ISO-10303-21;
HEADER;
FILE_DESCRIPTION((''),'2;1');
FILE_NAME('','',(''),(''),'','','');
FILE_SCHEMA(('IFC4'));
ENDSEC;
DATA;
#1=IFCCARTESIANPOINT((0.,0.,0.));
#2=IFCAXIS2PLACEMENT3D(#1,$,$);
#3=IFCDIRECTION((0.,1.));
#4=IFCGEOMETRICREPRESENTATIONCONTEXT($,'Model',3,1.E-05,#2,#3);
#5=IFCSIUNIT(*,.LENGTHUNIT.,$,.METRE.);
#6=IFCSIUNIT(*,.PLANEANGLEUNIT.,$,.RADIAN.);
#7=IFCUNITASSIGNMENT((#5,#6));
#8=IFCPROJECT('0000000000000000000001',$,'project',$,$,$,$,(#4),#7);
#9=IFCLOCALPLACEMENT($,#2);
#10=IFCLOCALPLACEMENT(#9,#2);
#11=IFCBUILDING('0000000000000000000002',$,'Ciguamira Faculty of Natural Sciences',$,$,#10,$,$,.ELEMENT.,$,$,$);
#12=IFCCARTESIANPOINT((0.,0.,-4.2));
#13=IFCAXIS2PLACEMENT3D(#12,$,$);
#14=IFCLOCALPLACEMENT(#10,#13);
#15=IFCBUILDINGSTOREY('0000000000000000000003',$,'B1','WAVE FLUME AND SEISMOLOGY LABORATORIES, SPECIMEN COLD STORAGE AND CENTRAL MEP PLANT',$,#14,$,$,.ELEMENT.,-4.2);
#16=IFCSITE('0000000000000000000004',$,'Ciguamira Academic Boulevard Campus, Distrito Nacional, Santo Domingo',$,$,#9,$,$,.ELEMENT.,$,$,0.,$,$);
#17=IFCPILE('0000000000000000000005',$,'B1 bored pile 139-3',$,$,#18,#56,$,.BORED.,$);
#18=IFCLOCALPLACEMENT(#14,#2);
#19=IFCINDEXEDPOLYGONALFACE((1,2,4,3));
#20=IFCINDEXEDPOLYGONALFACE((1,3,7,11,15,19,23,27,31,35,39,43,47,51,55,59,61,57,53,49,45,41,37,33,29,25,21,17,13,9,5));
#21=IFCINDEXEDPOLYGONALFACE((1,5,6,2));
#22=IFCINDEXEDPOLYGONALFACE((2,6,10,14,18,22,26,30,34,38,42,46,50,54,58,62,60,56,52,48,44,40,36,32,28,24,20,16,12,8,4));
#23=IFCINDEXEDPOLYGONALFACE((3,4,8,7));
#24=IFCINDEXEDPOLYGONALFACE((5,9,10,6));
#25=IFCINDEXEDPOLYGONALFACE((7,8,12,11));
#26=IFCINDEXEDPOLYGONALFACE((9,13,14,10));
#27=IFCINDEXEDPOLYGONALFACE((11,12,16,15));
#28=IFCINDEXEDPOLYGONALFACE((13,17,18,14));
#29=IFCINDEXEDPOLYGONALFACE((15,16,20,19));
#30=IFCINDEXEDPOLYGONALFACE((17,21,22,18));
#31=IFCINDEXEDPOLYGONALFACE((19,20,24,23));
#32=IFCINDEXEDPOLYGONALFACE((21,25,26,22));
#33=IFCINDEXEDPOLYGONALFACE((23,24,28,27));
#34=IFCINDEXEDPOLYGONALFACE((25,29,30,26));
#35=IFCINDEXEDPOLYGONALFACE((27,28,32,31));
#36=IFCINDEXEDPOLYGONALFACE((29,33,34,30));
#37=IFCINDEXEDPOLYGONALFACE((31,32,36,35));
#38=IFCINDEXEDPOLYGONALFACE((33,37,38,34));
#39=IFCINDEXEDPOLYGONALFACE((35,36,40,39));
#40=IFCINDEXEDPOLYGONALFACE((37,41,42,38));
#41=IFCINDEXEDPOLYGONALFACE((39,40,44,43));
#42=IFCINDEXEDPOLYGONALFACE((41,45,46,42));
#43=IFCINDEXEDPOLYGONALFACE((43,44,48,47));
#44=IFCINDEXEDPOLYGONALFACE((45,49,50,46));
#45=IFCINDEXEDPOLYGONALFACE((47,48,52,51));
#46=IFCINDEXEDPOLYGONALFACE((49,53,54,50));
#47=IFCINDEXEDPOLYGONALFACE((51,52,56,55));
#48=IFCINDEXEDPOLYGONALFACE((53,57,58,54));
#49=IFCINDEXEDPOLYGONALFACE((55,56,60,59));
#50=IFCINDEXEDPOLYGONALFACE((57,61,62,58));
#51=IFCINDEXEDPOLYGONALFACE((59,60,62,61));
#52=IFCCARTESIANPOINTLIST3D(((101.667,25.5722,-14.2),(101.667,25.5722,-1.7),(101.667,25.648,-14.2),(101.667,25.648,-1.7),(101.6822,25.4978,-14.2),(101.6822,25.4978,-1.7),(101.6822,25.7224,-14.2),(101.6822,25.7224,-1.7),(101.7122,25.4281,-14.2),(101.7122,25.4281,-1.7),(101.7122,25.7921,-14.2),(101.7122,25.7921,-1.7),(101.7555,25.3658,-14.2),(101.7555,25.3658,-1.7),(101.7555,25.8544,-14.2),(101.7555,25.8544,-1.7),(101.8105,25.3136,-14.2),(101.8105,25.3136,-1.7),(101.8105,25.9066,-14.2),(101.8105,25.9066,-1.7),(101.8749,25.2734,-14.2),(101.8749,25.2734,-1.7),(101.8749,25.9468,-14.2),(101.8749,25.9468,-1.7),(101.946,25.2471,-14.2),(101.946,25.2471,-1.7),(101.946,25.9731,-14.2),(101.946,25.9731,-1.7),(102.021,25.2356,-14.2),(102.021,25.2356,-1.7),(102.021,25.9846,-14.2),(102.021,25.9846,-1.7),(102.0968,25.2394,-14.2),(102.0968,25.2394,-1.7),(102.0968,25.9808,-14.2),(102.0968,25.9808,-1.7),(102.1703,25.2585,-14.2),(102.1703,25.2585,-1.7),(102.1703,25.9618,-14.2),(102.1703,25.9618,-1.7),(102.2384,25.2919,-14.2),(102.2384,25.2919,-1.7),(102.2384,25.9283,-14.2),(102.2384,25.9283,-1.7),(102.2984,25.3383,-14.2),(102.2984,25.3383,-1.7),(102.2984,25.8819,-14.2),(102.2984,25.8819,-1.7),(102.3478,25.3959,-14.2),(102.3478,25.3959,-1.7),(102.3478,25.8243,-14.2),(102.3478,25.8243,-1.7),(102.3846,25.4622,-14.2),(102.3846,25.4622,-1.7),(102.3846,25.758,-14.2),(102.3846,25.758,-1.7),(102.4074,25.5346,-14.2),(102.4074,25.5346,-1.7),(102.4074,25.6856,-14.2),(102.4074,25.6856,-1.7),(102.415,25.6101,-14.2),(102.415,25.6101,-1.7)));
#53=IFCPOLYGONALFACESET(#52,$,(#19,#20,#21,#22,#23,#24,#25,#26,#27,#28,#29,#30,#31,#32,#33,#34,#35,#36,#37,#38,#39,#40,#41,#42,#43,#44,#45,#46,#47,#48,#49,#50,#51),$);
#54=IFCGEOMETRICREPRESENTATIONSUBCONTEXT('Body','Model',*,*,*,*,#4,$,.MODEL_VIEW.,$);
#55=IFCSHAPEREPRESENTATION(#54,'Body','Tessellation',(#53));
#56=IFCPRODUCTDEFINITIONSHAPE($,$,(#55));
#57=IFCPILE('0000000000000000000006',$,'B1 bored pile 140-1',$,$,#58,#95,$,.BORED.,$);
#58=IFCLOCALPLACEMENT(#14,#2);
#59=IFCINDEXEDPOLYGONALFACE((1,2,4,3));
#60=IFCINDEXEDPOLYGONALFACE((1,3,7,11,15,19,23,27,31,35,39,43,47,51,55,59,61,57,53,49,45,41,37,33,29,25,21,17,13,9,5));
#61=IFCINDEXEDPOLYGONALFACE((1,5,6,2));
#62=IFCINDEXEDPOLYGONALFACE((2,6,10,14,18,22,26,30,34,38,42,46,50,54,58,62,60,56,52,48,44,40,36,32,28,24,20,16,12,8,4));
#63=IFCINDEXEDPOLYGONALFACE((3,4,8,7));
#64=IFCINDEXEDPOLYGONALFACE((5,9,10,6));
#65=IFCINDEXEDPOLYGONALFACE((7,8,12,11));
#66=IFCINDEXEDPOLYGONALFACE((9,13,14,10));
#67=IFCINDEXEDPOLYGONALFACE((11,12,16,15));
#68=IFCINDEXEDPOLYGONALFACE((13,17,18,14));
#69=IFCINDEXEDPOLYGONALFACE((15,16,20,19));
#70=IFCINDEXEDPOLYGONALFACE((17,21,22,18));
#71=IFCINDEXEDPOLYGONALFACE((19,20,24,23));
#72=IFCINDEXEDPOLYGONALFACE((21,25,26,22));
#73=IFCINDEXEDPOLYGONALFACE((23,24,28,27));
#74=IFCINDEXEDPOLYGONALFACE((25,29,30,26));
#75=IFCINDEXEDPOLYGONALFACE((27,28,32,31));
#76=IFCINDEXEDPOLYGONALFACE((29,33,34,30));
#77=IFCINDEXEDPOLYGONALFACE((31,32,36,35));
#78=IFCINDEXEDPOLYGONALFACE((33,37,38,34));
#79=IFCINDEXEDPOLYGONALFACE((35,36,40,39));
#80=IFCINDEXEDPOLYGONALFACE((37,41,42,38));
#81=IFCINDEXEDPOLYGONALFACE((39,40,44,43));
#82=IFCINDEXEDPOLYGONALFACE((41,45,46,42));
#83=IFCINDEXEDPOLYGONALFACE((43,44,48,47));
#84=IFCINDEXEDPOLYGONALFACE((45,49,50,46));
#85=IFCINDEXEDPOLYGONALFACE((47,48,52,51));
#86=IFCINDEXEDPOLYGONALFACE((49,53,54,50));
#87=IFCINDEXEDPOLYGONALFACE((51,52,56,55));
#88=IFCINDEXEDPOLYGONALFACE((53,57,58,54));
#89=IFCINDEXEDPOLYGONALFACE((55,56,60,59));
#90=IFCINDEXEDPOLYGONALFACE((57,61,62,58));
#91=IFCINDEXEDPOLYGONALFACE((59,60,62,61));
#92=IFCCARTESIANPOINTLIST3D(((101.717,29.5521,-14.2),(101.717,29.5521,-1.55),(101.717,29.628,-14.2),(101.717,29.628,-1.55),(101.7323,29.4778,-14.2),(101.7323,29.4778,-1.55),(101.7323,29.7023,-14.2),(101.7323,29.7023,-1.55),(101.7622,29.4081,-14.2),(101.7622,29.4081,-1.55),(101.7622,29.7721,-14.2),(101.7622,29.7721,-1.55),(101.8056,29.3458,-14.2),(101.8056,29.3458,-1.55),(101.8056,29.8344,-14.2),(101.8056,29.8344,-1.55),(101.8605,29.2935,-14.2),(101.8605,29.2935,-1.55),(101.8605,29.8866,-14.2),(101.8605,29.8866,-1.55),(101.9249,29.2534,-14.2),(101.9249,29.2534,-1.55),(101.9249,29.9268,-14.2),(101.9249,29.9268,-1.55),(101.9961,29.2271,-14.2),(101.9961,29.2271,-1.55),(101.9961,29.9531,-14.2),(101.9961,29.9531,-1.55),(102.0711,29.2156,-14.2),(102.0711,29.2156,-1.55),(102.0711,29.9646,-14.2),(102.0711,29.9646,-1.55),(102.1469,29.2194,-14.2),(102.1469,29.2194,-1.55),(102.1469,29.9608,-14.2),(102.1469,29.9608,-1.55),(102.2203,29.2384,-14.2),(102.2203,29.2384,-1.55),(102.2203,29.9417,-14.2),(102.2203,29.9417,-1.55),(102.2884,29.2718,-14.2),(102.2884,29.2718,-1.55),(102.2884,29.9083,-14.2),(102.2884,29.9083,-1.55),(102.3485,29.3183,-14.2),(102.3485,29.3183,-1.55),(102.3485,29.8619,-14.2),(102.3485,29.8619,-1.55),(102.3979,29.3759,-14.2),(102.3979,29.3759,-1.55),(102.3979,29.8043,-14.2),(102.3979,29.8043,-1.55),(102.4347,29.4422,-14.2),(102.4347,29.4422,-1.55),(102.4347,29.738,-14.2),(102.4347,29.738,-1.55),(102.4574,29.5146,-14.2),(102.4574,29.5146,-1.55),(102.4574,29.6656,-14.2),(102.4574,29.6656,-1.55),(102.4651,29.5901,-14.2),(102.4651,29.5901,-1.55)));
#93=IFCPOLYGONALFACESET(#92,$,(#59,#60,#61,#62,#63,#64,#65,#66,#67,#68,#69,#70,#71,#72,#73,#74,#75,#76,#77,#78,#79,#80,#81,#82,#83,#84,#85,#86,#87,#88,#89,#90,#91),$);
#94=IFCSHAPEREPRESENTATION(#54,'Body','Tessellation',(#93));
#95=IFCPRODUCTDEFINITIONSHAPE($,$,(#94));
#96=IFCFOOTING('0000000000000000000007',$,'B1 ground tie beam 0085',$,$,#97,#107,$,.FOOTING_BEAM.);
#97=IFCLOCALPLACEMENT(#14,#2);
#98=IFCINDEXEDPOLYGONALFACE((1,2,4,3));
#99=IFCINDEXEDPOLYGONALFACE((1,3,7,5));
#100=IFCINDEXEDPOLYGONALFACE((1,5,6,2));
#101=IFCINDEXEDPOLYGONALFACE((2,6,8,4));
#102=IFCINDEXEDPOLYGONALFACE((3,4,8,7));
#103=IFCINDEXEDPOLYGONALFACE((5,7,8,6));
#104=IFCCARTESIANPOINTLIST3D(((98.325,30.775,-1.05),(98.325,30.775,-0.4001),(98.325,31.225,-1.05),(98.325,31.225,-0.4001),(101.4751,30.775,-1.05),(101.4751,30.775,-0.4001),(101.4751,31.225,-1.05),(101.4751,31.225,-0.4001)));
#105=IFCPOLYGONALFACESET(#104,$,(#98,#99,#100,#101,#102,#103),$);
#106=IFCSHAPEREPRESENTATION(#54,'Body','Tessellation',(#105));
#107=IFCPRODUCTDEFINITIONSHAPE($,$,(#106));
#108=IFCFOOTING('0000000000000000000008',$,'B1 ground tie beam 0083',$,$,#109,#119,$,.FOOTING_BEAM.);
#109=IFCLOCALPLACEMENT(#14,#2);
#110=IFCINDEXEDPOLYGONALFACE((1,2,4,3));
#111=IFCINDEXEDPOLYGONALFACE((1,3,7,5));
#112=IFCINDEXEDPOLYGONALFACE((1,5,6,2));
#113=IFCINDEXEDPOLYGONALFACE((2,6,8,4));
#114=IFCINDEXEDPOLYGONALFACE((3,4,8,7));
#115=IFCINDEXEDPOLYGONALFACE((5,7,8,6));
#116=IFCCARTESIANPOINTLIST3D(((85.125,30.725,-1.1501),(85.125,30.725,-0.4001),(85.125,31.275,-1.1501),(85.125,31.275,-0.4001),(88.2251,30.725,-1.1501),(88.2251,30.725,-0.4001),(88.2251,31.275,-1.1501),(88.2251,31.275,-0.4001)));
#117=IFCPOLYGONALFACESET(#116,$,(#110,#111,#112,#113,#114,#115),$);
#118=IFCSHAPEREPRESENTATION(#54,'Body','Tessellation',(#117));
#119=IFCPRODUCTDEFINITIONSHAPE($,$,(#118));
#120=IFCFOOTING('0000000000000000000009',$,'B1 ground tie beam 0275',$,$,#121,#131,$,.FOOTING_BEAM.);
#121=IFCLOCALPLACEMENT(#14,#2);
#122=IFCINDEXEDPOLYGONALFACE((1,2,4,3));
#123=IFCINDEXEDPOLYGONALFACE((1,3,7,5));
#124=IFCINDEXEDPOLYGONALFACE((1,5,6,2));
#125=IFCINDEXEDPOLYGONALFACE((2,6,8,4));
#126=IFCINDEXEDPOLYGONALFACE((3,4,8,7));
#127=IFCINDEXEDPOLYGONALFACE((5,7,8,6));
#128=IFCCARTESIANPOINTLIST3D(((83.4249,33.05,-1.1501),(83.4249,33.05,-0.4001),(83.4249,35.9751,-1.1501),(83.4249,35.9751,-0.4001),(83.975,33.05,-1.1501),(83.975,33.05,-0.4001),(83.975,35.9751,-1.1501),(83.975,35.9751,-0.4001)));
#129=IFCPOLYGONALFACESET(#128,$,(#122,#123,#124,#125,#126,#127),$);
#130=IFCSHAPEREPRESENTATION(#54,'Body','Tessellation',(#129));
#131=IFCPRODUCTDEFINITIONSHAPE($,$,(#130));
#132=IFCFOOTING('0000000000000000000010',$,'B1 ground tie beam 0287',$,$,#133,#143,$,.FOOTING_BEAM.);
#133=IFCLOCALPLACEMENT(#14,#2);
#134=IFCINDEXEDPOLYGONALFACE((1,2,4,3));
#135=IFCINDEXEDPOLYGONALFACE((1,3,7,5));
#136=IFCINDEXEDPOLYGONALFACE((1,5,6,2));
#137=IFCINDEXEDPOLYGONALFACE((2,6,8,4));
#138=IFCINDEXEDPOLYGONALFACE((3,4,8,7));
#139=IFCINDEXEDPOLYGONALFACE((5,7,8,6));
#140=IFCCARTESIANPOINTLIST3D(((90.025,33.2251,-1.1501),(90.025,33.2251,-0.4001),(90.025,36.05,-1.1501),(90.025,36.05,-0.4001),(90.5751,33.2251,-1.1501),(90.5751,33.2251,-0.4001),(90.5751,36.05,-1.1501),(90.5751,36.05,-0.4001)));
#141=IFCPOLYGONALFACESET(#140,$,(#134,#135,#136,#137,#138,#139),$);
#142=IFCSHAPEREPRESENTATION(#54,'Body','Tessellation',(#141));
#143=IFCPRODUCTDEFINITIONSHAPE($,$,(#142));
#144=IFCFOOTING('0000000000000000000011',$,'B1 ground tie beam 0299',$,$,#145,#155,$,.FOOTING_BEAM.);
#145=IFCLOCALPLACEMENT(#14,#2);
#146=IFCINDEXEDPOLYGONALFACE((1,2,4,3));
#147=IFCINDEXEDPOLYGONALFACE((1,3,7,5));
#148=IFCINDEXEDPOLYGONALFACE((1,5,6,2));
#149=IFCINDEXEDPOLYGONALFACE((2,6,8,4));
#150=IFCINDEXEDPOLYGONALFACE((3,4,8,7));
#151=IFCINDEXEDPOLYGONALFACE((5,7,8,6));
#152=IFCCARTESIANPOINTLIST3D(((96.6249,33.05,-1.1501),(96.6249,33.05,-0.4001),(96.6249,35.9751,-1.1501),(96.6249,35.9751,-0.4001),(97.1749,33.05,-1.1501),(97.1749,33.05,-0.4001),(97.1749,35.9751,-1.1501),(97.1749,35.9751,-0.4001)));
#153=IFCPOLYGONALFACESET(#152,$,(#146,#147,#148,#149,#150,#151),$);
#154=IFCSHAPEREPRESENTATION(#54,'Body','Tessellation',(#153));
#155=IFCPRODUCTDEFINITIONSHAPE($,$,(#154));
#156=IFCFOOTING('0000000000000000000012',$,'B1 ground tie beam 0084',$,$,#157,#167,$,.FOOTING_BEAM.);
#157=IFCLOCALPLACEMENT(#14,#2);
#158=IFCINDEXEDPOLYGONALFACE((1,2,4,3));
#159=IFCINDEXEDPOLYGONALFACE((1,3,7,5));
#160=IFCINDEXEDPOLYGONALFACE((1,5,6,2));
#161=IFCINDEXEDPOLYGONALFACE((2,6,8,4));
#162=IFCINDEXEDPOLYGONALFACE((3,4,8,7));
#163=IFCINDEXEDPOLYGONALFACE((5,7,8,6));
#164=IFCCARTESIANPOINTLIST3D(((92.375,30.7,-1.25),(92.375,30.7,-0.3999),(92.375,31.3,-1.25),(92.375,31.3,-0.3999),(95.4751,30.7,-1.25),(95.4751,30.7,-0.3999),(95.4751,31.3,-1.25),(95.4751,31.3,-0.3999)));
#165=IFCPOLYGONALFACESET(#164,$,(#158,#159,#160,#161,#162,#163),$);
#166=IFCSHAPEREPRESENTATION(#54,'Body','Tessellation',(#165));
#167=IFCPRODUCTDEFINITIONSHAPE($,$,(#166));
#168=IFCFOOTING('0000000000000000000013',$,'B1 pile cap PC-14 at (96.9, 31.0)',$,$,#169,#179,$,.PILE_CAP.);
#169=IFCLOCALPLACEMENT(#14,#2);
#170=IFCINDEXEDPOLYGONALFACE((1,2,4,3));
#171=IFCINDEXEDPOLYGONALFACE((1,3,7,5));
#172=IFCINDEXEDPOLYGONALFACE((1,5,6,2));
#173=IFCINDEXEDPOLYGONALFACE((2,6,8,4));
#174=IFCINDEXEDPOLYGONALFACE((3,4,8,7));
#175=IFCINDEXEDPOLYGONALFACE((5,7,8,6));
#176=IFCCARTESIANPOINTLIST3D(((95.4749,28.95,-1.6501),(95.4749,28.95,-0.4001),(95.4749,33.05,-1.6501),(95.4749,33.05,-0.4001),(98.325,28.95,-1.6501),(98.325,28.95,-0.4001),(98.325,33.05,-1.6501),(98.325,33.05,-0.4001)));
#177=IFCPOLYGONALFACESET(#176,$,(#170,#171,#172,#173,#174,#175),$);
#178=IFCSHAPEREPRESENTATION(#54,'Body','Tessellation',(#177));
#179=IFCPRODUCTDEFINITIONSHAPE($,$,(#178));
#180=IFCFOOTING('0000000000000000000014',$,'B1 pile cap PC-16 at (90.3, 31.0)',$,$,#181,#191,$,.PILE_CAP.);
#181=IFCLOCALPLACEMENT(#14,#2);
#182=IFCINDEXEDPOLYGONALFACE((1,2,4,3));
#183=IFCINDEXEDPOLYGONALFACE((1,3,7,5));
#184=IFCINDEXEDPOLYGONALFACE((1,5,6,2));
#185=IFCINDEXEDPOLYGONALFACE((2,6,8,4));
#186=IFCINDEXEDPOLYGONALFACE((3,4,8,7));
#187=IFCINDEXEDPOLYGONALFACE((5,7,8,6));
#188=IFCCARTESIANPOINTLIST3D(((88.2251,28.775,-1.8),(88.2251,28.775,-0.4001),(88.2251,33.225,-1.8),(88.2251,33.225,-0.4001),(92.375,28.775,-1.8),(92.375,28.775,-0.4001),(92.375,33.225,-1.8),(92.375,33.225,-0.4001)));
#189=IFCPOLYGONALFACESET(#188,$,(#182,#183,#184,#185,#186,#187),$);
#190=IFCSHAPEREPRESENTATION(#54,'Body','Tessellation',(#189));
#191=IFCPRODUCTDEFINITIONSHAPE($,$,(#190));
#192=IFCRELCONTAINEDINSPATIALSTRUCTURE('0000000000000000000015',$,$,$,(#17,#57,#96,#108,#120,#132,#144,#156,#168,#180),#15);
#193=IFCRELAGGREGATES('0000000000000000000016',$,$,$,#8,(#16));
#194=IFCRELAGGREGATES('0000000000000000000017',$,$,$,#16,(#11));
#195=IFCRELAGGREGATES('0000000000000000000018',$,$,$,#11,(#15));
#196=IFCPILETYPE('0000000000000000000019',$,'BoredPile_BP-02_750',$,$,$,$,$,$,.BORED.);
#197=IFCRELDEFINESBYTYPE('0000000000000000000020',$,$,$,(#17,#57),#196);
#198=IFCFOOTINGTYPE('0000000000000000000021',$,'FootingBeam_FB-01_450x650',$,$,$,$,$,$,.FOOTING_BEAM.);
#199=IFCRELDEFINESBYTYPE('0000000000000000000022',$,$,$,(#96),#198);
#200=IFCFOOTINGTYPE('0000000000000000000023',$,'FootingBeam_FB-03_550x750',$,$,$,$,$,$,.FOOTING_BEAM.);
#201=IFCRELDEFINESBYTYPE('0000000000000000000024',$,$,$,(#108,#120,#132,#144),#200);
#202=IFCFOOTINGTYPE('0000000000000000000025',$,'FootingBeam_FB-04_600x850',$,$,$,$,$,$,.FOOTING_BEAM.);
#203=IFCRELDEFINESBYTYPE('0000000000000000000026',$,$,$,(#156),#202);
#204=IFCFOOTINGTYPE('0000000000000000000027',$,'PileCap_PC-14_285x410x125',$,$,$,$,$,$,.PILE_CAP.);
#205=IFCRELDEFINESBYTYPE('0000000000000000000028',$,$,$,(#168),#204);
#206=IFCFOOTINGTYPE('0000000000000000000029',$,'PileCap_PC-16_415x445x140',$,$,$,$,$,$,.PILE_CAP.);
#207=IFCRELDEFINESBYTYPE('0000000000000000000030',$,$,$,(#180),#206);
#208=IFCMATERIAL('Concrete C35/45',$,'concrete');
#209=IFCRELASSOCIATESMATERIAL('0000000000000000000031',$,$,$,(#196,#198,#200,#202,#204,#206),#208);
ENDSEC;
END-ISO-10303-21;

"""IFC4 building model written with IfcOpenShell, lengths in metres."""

from ifc_helpers import new_model, si_unit, direction, frame, origin, origin_2d, place, context, subcontext, project, spatial, rectangle, circle, extrude, material, material_profile, profile_set, type_object, element, save


model = new_model("IFC4")

# Units and contexts
model_context = context("Model", 3, precision=1e-05, world=origin(), true_north=direction((0.0, 1.0)))
body_context = subcontext(model_context, "Body", "Model", "MODEL_VIEW")
ifc_project = project(units=[si_unit("LENGTHUNIT", "METRE"), si_unit("PLANEANGLEUNIT", "RADIAN")], contexts=[model_context])

# Site, building, storey
site_placement = place(None, origin())
site = spatial("IfcSite", under=ifc_project, at=site_placement, Name="Ciguamira Academic Boulevard Campus, Distrito Nacional, Santo Domingo", CompositionType="ELEMENT", RefElevation=0.0)
building_placement = place(site_placement, origin())
building = spatial("IfcBuilding", under=site, at=building_placement, Name="Ciguamira Faculty of Natural Sciences", CompositionType="ELEMENT")
storey_placement = place(building_placement, frame((0.0, 0.0, -4.2)))
storey = spatial("IfcBuildingStorey", under=building, at=storey_placement, Name="B1", Description="WAVE FLUME AND SEISMOLOGY LABORATORIES, SPECIMEN COLD STORAGE AND CENTRAL MEP PLANT", CompositionType="ELEMENT", Elevation=-4.2)

# Piles
ifc_material_1 = material(Name="Concrete C35/45", Category="concrete")
ifc_material_profile_1 = material_profile(ifc_material_1, circle(Radius=0.375, at=origin_2d()), Name="PILE-BORED-750")
ifc_profile_set_1 = profile_set([ifc_material_profile_1], Name="Concrete C35/45")
pile_type = type_object("IfcPileType", Name="BoredPile_BP-02_750", PredefinedType="BORED", material=ifc_profile_set_1)
pile_1_placement = place(storey_placement, frame((102.04, 25.6101, -1.7), z_axis=(0.0, 0.0, -1.0), x_axis=(1.0, 0.0, 0.0)))
element("IfcPile", 1, at=pile_1_placement, inside=storey, type_object=pile_type, Name="B1 bored pile 139-3", PredefinedType="BORED", context=body_context, shape_type="SweptSolid", body=[
    extrude(circle(Radius=0.375, at=origin_2d()), origin(), (0.0, 0.0, 1.0), 12.5),
])
pile_2_placement = place(storey_placement, frame((102.0901, 29.5901, -1.55), z_axis=(0.0, 0.0, -1.0), x_axis=(1.0, 0.0, 0.0)))
element("IfcPile", 2, at=pile_2_placement, inside=storey, type_object=pile_type, Name="B1 bored pile 140-1", PredefinedType="BORED", context=body_context, shape_type="SweptSolid", body=[
    extrude(circle(Radius=0.375, at=origin_2d()), origin(), (0.0, 0.0, 1.0), 12.6499),
])

# Footings
ifc_material_profile_2 = material_profile(ifc_material_1, rectangle(XDim=0.45, YDim=0.6499, at=origin_2d()), Name="RC-FB-450X650")
ifc_profile_set_2 = profile_set([ifc_material_profile_2], Name="Concrete C35/45")
footing_type_1 = type_object("IfcFootingType", Name="FootingBeam_FB-01_450x650", PredefinedType="FOOTING_BEAM", material=ifc_profile_set_2)
footing_1_placement = place(storey_placement, frame((98.325, 31.0, -0.7251), z_axis=(1.0, 0.0, 0.0), x_axis=(0.0, 1.0, 0.0)))
element("IfcFooting", 3, at=footing_1_placement, inside=storey, type_object=footing_type_1, Name="B1 ground tie beam 0085", PredefinedType="FOOTING_BEAM", context=body_context, shape_type="SweptSolid", body=[
    extrude(rectangle(XDim=0.45, YDim=0.6499, at=origin_2d()), origin(), (0.0, 0.0, 1.0), 3.1501),
])
ifc_material_profile_3 = material_profile(ifc_material_1, rectangle(XDim=0.55, YDim=0.75, at=origin_2d()), Name="RC-FB-550X750")
ifc_profile_set_3 = profile_set([ifc_material_profile_3], Name="Concrete C35/45")
footing_type_2 = type_object("IfcFootingType", Name="FootingBeam_FB-03_550x750", PredefinedType="FOOTING_BEAM", material=ifc_profile_set_3)
footing_2_placement = place(storey_placement, frame((85.125, 31.0, -0.7751), z_axis=(1.0, 0.0, 0.0), x_axis=(0.0, 1.0, 0.0)))
element("IfcFooting", 4, at=footing_2_placement, inside=storey, type_object=footing_type_2, Name="B1 ground tie beam 0083", PredefinedType="FOOTING_BEAM", context=body_context, shape_type="SweptSolid", body=[
    extrude(rectangle(XDim=0.55, YDim=0.75, at=origin_2d()), origin(), (0.0, 0.0, 1.0), 3.1001),
])
footing_3_placement = place(storey_placement, frame((83.7, 33.05, -0.7751), z_axis=(0.0, 1.0, 0.0), x_axis=(-1.0, 0.0, 0.0)))
element("IfcFooting", 5, at=footing_3_placement, inside=storey, type_object=footing_type_2, Name="B1 ground tie beam 0275", PredefinedType="FOOTING_BEAM", context=body_context, shape_type="SweptSolid", body=[
    extrude(rectangle(XDim=0.55, YDim=0.75, at=origin_2d()), origin(), (0.0, 0.0, 1.0), 2.925),
])
footing_4_placement = place(storey_placement, frame((90.3, 33.2251, -0.7751), z_axis=(0.0, 1.0, 0.0), x_axis=(-1.0, 0.0, 0.0)))
element("IfcFooting", 6, at=footing_4_placement, inside=storey, type_object=footing_type_2, Name="B1 ground tie beam 0287", PredefinedType="FOOTING_BEAM", context=body_context, shape_type="SweptSolid", body=[
    extrude(rectangle(XDim=0.55, YDim=0.75, at=origin_2d()), origin(), (0.0, 0.0, 1.0), 2.825),
])
footing_5_placement = place(storey_placement, frame((96.8999, 33.05, -0.7751), z_axis=(0.0, 1.0, 0.0), x_axis=(-1.0, 0.0, 0.0)))
element("IfcFooting", 7, at=footing_5_placement, inside=storey, type_object=footing_type_2, Name="B1 ground tie beam 0299", PredefinedType="FOOTING_BEAM", context=body_context, shape_type="SweptSolid", body=[
    extrude(rectangle(XDim=0.55, YDim=0.75, at=origin_2d()), origin(), (0.0, 0.0, 1.0), 2.925),
])
ifc_material_profile_4 = material_profile(ifc_material_1, rectangle(XDim=0.6001, YDim=0.8501, at=origin_2d()), Name="RC-FB-600X850")
ifc_profile_set_4 = profile_set([ifc_material_profile_4], Name="Concrete C35/45")
footing_type_3 = type_object("IfcFootingType", Name="FootingBeam_FB-04_600x850", PredefinedType="FOOTING_BEAM", material=ifc_profile_set_4)
footing_6_placement = place(storey_placement, frame((92.375, 31.0, -0.825), z_axis=(1.0, 0.0, 0.0), x_axis=(0.0, 1.0, 0.0)))
element("IfcFooting", 8, at=footing_6_placement, inside=storey, type_object=footing_type_3, Name="B1 ground tie beam 0084", PredefinedType="FOOTING_BEAM", context=body_context, shape_type="SweptSolid", body=[
    extrude(rectangle(XDim=0.6001, YDim=0.8501, at=origin_2d()), origin(), (0.0, 0.0, 1.0), 3.1001),
])
footing_type_4 = type_object("IfcFootingType", Name="PileCap_PC-14_285x410x125", PredefinedType="PILE_CAP", material=ifc_material_1)
footing_7_placement = place(storey_placement, frame((96.8999, 31.0, -1.6501), z_axis=(0.0, 0.0, 1.0), x_axis=(1.0, 0.0, 0.0)))
element("IfcFooting", 9, at=footing_7_placement, inside=storey, type_object=footing_type_4, Name="B1 pile cap PC-14 at (96.9, 31.0)", PredefinedType="PILE_CAP", context=body_context, shape_type="SweptSolid", body=[
    extrude(rectangle(XDim=2.8501, YDim=4.1001, at=origin_2d()), origin(), (0.0, 0.0, 1.0), 1.25),
])
footing_type_5 = type_object("IfcFootingType", Name="PileCap_PC-16_415x445x140", PredefinedType="PILE_CAP", material=ifc_material_1)
footing_8_placement = place(storey_placement, frame((90.3, 31.0, -1.8), z_axis=(0.0, 0.0, 1.0), x_axis=(1.0, 0.0, 0.0)))
element("IfcFooting", 10, at=footing_8_placement, inside=storey, type_object=footing_type_5, Name="B1 pile cap PC-16 at (90.3, 31.0)", PredefinedType="PILE_CAP", context=body_context, shape_type="SweptSolid", body=[
    extrude(rectangle(XDim=4.1499, YDim=4.45, at=origin_2d()), origin(), (0.0, 0.0, 1.0), 1.3999),
])

save(model, "model.ifc")
